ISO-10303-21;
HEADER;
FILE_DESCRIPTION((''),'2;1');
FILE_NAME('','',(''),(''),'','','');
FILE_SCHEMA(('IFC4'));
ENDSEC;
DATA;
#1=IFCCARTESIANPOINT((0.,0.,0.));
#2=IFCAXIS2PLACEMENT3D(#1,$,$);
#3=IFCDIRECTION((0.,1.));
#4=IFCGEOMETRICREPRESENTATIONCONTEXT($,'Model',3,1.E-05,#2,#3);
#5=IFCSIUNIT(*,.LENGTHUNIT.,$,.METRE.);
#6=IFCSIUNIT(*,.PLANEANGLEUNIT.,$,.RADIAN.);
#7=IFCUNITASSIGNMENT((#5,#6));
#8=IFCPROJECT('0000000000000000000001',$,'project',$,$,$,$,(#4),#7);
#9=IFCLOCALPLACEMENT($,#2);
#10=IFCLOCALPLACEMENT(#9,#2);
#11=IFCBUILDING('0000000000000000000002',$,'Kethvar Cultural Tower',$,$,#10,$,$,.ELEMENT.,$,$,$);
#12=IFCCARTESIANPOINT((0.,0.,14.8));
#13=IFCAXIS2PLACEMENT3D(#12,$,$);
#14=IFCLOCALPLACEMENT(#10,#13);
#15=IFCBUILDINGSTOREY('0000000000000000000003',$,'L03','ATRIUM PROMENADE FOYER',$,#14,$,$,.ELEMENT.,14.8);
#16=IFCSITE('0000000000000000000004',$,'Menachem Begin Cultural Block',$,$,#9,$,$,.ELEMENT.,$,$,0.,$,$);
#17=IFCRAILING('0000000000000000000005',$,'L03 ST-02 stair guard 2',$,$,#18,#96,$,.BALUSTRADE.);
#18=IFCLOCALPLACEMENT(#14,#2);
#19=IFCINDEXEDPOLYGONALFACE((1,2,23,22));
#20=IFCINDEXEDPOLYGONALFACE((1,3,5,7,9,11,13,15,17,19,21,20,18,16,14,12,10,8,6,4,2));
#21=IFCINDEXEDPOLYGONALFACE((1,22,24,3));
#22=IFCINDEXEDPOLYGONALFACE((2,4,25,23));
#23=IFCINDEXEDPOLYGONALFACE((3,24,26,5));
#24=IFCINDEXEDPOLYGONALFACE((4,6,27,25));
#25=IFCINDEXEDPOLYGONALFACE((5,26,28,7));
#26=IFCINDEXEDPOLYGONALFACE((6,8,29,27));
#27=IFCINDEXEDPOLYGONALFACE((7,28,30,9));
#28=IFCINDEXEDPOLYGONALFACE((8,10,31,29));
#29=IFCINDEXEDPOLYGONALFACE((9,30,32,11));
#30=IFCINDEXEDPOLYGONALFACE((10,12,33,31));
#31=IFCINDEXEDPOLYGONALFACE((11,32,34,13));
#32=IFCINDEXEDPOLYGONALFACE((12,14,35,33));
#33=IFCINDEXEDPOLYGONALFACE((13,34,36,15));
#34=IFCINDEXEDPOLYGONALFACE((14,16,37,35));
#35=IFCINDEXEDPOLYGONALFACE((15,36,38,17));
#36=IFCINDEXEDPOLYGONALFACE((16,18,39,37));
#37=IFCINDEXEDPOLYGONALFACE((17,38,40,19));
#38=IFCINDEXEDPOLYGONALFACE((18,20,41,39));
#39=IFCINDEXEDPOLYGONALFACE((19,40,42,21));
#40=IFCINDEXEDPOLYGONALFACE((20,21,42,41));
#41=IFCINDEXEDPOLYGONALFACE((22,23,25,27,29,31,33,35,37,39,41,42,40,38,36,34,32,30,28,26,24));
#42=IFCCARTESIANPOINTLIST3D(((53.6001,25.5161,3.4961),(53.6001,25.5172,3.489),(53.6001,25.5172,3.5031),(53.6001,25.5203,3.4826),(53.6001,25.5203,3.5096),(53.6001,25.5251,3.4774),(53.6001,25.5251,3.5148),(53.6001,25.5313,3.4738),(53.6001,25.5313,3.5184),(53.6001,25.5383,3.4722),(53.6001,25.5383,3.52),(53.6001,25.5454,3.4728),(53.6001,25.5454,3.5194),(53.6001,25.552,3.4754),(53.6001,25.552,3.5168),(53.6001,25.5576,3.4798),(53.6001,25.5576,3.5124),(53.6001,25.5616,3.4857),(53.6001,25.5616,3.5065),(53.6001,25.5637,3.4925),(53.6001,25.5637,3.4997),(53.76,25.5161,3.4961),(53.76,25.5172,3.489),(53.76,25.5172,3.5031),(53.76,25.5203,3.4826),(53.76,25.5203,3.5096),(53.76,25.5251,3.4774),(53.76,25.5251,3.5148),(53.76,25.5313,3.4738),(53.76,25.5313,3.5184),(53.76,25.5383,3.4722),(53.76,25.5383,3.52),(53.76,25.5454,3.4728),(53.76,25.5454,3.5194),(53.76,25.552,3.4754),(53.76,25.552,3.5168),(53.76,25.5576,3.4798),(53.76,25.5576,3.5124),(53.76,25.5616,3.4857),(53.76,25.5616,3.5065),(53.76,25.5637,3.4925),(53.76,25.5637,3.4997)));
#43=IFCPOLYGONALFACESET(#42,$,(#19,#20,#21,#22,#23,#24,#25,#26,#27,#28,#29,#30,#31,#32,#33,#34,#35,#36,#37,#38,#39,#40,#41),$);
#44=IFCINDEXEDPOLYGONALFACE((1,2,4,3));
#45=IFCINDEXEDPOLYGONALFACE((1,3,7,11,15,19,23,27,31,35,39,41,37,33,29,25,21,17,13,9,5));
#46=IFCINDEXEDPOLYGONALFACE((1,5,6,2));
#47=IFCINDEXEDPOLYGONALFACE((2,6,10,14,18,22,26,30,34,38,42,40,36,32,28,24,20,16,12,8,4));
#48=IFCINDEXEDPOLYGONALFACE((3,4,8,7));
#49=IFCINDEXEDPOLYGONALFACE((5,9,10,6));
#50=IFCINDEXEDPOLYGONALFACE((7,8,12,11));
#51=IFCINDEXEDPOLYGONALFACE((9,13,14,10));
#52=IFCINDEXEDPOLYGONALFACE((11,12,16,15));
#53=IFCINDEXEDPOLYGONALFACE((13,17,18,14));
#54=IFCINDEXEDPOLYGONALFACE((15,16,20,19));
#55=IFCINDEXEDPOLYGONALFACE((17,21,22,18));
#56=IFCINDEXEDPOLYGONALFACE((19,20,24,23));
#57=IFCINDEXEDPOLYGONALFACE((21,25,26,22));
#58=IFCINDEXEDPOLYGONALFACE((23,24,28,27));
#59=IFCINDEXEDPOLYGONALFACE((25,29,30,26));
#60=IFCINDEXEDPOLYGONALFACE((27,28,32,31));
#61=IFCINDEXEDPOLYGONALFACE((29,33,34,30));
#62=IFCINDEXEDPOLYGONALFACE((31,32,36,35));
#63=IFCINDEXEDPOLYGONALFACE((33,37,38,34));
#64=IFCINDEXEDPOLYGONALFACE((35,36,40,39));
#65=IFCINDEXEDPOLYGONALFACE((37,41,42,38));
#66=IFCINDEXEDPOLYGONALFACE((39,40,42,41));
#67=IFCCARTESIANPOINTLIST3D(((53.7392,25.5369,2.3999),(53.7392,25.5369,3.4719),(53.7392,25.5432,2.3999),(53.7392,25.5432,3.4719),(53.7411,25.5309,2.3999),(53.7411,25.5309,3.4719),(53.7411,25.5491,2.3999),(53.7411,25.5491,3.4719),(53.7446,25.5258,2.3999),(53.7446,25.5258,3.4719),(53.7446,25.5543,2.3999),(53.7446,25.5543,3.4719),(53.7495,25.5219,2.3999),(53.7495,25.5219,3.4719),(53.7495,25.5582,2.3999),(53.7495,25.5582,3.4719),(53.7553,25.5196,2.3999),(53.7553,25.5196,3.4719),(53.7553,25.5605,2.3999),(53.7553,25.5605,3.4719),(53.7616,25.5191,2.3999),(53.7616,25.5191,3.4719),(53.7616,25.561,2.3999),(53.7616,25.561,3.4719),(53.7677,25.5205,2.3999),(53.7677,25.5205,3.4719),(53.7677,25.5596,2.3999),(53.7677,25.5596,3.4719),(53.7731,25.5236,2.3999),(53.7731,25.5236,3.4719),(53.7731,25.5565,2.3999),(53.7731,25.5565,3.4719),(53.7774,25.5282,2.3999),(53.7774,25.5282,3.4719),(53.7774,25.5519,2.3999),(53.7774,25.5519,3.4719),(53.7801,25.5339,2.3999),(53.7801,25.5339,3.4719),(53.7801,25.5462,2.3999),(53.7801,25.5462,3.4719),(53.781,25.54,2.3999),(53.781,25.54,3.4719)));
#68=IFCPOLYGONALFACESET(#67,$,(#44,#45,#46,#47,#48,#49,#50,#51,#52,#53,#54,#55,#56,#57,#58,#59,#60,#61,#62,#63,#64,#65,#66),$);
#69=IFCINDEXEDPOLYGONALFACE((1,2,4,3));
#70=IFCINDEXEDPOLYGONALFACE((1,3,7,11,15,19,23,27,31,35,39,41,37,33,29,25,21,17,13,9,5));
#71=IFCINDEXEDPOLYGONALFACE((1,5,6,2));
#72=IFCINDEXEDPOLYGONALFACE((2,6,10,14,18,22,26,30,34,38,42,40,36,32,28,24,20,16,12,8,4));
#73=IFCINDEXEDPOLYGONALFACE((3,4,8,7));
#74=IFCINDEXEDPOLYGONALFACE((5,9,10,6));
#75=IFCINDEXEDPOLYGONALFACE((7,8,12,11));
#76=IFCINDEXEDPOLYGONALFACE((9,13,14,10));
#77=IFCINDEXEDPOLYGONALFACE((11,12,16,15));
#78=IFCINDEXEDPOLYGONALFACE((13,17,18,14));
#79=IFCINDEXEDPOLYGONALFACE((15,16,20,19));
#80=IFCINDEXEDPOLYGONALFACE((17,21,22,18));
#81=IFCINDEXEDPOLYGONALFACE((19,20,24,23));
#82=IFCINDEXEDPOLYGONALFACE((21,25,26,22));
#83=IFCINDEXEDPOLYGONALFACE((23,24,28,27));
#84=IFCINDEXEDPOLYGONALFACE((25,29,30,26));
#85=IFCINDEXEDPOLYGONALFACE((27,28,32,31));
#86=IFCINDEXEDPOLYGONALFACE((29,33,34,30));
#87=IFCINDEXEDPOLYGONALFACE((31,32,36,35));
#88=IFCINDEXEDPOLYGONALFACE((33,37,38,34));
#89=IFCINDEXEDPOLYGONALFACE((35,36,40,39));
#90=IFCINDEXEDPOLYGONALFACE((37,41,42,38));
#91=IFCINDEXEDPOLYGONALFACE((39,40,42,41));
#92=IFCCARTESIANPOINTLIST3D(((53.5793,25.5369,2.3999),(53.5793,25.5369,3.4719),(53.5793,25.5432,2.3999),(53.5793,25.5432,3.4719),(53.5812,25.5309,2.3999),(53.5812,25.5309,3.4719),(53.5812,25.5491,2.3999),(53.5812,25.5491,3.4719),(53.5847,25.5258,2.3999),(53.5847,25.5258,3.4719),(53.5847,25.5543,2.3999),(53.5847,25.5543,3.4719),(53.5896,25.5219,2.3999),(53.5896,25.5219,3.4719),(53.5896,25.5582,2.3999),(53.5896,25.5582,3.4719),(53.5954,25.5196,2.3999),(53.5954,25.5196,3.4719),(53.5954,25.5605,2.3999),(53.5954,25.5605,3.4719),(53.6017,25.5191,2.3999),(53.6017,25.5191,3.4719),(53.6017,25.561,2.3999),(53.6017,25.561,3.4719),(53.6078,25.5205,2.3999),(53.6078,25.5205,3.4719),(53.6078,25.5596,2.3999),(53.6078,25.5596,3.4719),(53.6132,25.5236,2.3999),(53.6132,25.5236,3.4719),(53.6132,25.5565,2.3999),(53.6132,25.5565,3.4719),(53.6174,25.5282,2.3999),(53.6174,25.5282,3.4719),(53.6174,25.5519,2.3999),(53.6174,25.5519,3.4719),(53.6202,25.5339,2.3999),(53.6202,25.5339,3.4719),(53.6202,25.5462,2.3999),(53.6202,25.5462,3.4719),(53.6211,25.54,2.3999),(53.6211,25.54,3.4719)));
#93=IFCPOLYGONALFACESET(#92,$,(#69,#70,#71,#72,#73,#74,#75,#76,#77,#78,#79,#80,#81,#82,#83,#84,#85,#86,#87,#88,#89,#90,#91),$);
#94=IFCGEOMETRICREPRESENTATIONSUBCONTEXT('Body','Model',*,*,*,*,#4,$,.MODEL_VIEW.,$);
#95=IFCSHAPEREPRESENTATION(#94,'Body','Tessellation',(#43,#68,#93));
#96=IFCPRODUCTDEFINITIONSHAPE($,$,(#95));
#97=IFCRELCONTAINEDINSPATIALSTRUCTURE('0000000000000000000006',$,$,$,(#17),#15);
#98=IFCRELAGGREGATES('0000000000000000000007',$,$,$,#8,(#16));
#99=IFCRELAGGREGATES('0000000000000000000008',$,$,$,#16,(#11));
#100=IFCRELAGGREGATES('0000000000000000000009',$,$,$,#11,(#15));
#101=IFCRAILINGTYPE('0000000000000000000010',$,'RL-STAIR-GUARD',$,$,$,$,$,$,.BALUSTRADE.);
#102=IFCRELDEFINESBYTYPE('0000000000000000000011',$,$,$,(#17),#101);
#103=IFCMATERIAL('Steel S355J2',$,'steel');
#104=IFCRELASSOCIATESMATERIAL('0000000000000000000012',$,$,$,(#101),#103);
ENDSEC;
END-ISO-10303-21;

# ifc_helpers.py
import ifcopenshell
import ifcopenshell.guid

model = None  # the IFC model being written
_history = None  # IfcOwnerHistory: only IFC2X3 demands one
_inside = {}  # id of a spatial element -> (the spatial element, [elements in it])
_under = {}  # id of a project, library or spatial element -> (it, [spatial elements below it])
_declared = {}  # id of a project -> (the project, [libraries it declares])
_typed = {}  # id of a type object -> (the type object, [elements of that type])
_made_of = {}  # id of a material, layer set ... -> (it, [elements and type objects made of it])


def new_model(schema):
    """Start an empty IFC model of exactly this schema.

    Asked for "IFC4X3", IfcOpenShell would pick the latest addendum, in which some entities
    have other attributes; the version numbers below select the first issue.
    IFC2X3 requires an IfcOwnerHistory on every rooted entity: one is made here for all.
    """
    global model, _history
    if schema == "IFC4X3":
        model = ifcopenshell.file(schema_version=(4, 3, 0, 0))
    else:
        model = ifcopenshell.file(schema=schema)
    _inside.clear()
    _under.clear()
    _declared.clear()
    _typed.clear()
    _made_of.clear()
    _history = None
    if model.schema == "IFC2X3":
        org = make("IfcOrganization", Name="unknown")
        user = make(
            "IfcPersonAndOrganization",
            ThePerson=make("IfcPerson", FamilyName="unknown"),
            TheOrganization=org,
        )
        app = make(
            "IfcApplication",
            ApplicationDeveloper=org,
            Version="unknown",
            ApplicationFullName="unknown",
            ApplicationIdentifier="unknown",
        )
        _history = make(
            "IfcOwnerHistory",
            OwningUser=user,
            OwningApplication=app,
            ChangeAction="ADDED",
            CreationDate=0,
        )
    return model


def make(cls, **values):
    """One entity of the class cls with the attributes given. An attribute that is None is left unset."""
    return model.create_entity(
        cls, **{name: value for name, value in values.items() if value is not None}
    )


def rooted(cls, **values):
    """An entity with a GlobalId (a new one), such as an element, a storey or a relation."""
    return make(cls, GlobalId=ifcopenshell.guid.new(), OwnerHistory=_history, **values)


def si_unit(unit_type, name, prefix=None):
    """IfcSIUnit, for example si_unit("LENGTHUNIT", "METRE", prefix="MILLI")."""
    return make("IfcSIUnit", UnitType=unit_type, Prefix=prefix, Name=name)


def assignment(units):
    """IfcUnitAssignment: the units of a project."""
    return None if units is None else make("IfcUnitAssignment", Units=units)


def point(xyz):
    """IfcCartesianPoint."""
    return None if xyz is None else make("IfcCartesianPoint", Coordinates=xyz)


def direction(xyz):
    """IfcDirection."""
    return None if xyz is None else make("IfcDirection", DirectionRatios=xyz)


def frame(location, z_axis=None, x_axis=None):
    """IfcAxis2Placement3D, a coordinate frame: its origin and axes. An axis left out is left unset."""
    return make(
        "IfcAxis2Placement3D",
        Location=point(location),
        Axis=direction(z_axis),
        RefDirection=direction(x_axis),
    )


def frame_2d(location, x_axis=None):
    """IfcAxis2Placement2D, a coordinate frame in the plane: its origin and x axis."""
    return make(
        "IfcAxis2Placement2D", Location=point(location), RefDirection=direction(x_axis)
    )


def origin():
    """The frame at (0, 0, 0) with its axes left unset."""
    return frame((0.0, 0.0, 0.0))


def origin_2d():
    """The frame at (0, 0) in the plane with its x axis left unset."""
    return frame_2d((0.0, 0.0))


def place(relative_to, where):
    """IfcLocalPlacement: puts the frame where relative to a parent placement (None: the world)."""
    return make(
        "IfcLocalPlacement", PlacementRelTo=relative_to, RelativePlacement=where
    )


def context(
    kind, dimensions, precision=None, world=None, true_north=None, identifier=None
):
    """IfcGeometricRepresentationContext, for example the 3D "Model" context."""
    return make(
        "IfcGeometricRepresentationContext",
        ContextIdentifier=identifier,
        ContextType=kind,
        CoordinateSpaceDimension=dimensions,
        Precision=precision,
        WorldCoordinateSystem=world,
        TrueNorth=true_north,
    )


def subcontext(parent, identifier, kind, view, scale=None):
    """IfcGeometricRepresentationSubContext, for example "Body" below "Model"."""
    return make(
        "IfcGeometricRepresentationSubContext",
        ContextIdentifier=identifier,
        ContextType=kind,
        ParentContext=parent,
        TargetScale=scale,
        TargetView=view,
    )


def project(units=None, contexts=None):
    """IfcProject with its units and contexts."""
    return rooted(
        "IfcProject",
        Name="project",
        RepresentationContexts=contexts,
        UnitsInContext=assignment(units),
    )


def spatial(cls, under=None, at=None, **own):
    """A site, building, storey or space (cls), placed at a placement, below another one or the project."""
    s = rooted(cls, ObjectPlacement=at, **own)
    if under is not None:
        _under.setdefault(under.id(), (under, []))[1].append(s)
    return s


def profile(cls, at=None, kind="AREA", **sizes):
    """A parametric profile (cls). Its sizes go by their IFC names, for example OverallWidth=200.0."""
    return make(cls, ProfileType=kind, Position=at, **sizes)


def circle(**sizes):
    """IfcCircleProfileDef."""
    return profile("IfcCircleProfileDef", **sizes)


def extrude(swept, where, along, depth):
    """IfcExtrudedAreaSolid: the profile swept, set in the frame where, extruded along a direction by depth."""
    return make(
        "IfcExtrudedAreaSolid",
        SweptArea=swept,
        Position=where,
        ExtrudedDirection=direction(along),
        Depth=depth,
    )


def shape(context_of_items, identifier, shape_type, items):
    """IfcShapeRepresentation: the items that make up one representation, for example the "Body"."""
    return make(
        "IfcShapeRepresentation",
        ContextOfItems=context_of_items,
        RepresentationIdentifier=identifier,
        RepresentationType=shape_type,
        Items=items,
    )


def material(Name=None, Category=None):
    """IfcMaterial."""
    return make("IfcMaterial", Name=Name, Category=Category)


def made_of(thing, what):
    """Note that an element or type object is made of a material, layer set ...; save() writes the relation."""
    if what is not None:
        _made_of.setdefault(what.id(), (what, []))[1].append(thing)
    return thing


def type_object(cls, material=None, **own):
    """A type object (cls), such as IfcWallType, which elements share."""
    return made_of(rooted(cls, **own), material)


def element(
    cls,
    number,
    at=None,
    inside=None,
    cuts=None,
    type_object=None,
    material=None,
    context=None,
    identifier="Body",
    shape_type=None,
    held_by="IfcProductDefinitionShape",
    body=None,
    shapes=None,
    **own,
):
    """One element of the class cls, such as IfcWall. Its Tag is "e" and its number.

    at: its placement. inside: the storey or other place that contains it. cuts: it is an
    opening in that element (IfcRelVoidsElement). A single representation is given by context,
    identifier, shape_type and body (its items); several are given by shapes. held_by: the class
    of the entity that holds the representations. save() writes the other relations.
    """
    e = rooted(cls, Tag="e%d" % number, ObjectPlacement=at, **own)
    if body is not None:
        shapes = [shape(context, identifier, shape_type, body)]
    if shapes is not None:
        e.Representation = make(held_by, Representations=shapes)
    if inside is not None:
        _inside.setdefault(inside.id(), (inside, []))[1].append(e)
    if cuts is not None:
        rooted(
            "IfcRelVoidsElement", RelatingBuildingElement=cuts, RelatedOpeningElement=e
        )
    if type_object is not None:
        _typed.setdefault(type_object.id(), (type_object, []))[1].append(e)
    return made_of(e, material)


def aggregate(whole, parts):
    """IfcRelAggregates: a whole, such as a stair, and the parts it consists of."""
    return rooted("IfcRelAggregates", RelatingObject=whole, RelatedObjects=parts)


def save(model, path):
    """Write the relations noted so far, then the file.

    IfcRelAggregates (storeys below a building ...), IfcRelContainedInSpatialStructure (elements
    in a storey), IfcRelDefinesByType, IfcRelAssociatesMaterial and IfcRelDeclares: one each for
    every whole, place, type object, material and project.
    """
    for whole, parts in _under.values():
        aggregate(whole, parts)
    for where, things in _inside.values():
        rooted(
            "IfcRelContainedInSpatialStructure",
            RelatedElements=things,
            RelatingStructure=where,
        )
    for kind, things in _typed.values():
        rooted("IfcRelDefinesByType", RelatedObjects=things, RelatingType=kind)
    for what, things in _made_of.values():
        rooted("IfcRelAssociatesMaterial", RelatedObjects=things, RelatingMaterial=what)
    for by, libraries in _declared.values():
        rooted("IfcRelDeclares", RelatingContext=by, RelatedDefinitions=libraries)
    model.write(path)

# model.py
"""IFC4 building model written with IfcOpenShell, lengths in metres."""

from ifc_helpers import new_model, si_unit, direction, frame, origin, origin_2d, place, context, subcontext, project, spatial, circle, extrude, material, type_object, element, save


model = new_model("IFC4")

# Units and contexts
model_context = context("Model", 3, precision=1e-05, world=origin(), true_north=direction((0.0, 1.0)))
body_context = subcontext(model_context, "Body", "Model", "MODEL_VIEW")
ifc_project = project(units=[si_unit("LENGTHUNIT", "METRE"), si_unit("PLANEANGLEUNIT", "RADIAN")], contexts=[model_context])

# Site, building, storey
site_placement = place(None, origin())
site = spatial("IfcSite", under=ifc_project, at=site_placement, Name="Menachem Begin Cultural Block", CompositionType="ELEMENT", RefElevation=0.0)
building_placement = place(site_placement, origin())
building = spatial("IfcBuilding", under=site, at=building_placement, Name="Kethvar Cultural Tower", CompositionType="ELEMENT")
storey_placement = place(building_placement, frame((0.0, 0.0, 14.8)))
storey = spatial("IfcBuildingStorey", under=building, at=storey_placement, Name="L03", Description="ATRIUM PROMENADE FOYER", CompositionType="ELEMENT", Elevation=14.8)

# Shared definitions
ifc_material_1 = material(Name="Steel S355J2", Category="steel")

# Railing
railing_type_1 = type_object("IfcRailingType", Name="RL-STAIR-GUARD", PredefinedType="BALUSTRADE", material=ifc_material_1)
railing_1_placement = place(storey_placement, frame((53.76, 25.54, 2.3999)))
element("IfcRailing", 1, at=railing_1_placement, inside=storey, type_object=railing_type_1, Name="L03 ST-02 stair guard 2", PredefinedType="BALUSTRADE", context=body_context, shape_type="SweptSolid", body=[
    extrude(circle(Radius=0.0239, at=origin_2d()), frame((0.0, 0.0, 1.0962), z_axis=(-1.0, 0.0, 0.0), x_axis=(0.0, -1.0, 0.0)), (0.0, 0.0, 1.0), 0.1599),
    extrude(circle(Radius=0.021, at=origin_2d()), origin(), (0.0, 0.0, 1.0), 1.072),
    extrude(circle(Radius=0.021, at=origin_2d()), frame((-0.1599, 0.0, 0.0)), (0.0, 0.0, 1.0), 1.072),
])

save(model, "model.ifc")
